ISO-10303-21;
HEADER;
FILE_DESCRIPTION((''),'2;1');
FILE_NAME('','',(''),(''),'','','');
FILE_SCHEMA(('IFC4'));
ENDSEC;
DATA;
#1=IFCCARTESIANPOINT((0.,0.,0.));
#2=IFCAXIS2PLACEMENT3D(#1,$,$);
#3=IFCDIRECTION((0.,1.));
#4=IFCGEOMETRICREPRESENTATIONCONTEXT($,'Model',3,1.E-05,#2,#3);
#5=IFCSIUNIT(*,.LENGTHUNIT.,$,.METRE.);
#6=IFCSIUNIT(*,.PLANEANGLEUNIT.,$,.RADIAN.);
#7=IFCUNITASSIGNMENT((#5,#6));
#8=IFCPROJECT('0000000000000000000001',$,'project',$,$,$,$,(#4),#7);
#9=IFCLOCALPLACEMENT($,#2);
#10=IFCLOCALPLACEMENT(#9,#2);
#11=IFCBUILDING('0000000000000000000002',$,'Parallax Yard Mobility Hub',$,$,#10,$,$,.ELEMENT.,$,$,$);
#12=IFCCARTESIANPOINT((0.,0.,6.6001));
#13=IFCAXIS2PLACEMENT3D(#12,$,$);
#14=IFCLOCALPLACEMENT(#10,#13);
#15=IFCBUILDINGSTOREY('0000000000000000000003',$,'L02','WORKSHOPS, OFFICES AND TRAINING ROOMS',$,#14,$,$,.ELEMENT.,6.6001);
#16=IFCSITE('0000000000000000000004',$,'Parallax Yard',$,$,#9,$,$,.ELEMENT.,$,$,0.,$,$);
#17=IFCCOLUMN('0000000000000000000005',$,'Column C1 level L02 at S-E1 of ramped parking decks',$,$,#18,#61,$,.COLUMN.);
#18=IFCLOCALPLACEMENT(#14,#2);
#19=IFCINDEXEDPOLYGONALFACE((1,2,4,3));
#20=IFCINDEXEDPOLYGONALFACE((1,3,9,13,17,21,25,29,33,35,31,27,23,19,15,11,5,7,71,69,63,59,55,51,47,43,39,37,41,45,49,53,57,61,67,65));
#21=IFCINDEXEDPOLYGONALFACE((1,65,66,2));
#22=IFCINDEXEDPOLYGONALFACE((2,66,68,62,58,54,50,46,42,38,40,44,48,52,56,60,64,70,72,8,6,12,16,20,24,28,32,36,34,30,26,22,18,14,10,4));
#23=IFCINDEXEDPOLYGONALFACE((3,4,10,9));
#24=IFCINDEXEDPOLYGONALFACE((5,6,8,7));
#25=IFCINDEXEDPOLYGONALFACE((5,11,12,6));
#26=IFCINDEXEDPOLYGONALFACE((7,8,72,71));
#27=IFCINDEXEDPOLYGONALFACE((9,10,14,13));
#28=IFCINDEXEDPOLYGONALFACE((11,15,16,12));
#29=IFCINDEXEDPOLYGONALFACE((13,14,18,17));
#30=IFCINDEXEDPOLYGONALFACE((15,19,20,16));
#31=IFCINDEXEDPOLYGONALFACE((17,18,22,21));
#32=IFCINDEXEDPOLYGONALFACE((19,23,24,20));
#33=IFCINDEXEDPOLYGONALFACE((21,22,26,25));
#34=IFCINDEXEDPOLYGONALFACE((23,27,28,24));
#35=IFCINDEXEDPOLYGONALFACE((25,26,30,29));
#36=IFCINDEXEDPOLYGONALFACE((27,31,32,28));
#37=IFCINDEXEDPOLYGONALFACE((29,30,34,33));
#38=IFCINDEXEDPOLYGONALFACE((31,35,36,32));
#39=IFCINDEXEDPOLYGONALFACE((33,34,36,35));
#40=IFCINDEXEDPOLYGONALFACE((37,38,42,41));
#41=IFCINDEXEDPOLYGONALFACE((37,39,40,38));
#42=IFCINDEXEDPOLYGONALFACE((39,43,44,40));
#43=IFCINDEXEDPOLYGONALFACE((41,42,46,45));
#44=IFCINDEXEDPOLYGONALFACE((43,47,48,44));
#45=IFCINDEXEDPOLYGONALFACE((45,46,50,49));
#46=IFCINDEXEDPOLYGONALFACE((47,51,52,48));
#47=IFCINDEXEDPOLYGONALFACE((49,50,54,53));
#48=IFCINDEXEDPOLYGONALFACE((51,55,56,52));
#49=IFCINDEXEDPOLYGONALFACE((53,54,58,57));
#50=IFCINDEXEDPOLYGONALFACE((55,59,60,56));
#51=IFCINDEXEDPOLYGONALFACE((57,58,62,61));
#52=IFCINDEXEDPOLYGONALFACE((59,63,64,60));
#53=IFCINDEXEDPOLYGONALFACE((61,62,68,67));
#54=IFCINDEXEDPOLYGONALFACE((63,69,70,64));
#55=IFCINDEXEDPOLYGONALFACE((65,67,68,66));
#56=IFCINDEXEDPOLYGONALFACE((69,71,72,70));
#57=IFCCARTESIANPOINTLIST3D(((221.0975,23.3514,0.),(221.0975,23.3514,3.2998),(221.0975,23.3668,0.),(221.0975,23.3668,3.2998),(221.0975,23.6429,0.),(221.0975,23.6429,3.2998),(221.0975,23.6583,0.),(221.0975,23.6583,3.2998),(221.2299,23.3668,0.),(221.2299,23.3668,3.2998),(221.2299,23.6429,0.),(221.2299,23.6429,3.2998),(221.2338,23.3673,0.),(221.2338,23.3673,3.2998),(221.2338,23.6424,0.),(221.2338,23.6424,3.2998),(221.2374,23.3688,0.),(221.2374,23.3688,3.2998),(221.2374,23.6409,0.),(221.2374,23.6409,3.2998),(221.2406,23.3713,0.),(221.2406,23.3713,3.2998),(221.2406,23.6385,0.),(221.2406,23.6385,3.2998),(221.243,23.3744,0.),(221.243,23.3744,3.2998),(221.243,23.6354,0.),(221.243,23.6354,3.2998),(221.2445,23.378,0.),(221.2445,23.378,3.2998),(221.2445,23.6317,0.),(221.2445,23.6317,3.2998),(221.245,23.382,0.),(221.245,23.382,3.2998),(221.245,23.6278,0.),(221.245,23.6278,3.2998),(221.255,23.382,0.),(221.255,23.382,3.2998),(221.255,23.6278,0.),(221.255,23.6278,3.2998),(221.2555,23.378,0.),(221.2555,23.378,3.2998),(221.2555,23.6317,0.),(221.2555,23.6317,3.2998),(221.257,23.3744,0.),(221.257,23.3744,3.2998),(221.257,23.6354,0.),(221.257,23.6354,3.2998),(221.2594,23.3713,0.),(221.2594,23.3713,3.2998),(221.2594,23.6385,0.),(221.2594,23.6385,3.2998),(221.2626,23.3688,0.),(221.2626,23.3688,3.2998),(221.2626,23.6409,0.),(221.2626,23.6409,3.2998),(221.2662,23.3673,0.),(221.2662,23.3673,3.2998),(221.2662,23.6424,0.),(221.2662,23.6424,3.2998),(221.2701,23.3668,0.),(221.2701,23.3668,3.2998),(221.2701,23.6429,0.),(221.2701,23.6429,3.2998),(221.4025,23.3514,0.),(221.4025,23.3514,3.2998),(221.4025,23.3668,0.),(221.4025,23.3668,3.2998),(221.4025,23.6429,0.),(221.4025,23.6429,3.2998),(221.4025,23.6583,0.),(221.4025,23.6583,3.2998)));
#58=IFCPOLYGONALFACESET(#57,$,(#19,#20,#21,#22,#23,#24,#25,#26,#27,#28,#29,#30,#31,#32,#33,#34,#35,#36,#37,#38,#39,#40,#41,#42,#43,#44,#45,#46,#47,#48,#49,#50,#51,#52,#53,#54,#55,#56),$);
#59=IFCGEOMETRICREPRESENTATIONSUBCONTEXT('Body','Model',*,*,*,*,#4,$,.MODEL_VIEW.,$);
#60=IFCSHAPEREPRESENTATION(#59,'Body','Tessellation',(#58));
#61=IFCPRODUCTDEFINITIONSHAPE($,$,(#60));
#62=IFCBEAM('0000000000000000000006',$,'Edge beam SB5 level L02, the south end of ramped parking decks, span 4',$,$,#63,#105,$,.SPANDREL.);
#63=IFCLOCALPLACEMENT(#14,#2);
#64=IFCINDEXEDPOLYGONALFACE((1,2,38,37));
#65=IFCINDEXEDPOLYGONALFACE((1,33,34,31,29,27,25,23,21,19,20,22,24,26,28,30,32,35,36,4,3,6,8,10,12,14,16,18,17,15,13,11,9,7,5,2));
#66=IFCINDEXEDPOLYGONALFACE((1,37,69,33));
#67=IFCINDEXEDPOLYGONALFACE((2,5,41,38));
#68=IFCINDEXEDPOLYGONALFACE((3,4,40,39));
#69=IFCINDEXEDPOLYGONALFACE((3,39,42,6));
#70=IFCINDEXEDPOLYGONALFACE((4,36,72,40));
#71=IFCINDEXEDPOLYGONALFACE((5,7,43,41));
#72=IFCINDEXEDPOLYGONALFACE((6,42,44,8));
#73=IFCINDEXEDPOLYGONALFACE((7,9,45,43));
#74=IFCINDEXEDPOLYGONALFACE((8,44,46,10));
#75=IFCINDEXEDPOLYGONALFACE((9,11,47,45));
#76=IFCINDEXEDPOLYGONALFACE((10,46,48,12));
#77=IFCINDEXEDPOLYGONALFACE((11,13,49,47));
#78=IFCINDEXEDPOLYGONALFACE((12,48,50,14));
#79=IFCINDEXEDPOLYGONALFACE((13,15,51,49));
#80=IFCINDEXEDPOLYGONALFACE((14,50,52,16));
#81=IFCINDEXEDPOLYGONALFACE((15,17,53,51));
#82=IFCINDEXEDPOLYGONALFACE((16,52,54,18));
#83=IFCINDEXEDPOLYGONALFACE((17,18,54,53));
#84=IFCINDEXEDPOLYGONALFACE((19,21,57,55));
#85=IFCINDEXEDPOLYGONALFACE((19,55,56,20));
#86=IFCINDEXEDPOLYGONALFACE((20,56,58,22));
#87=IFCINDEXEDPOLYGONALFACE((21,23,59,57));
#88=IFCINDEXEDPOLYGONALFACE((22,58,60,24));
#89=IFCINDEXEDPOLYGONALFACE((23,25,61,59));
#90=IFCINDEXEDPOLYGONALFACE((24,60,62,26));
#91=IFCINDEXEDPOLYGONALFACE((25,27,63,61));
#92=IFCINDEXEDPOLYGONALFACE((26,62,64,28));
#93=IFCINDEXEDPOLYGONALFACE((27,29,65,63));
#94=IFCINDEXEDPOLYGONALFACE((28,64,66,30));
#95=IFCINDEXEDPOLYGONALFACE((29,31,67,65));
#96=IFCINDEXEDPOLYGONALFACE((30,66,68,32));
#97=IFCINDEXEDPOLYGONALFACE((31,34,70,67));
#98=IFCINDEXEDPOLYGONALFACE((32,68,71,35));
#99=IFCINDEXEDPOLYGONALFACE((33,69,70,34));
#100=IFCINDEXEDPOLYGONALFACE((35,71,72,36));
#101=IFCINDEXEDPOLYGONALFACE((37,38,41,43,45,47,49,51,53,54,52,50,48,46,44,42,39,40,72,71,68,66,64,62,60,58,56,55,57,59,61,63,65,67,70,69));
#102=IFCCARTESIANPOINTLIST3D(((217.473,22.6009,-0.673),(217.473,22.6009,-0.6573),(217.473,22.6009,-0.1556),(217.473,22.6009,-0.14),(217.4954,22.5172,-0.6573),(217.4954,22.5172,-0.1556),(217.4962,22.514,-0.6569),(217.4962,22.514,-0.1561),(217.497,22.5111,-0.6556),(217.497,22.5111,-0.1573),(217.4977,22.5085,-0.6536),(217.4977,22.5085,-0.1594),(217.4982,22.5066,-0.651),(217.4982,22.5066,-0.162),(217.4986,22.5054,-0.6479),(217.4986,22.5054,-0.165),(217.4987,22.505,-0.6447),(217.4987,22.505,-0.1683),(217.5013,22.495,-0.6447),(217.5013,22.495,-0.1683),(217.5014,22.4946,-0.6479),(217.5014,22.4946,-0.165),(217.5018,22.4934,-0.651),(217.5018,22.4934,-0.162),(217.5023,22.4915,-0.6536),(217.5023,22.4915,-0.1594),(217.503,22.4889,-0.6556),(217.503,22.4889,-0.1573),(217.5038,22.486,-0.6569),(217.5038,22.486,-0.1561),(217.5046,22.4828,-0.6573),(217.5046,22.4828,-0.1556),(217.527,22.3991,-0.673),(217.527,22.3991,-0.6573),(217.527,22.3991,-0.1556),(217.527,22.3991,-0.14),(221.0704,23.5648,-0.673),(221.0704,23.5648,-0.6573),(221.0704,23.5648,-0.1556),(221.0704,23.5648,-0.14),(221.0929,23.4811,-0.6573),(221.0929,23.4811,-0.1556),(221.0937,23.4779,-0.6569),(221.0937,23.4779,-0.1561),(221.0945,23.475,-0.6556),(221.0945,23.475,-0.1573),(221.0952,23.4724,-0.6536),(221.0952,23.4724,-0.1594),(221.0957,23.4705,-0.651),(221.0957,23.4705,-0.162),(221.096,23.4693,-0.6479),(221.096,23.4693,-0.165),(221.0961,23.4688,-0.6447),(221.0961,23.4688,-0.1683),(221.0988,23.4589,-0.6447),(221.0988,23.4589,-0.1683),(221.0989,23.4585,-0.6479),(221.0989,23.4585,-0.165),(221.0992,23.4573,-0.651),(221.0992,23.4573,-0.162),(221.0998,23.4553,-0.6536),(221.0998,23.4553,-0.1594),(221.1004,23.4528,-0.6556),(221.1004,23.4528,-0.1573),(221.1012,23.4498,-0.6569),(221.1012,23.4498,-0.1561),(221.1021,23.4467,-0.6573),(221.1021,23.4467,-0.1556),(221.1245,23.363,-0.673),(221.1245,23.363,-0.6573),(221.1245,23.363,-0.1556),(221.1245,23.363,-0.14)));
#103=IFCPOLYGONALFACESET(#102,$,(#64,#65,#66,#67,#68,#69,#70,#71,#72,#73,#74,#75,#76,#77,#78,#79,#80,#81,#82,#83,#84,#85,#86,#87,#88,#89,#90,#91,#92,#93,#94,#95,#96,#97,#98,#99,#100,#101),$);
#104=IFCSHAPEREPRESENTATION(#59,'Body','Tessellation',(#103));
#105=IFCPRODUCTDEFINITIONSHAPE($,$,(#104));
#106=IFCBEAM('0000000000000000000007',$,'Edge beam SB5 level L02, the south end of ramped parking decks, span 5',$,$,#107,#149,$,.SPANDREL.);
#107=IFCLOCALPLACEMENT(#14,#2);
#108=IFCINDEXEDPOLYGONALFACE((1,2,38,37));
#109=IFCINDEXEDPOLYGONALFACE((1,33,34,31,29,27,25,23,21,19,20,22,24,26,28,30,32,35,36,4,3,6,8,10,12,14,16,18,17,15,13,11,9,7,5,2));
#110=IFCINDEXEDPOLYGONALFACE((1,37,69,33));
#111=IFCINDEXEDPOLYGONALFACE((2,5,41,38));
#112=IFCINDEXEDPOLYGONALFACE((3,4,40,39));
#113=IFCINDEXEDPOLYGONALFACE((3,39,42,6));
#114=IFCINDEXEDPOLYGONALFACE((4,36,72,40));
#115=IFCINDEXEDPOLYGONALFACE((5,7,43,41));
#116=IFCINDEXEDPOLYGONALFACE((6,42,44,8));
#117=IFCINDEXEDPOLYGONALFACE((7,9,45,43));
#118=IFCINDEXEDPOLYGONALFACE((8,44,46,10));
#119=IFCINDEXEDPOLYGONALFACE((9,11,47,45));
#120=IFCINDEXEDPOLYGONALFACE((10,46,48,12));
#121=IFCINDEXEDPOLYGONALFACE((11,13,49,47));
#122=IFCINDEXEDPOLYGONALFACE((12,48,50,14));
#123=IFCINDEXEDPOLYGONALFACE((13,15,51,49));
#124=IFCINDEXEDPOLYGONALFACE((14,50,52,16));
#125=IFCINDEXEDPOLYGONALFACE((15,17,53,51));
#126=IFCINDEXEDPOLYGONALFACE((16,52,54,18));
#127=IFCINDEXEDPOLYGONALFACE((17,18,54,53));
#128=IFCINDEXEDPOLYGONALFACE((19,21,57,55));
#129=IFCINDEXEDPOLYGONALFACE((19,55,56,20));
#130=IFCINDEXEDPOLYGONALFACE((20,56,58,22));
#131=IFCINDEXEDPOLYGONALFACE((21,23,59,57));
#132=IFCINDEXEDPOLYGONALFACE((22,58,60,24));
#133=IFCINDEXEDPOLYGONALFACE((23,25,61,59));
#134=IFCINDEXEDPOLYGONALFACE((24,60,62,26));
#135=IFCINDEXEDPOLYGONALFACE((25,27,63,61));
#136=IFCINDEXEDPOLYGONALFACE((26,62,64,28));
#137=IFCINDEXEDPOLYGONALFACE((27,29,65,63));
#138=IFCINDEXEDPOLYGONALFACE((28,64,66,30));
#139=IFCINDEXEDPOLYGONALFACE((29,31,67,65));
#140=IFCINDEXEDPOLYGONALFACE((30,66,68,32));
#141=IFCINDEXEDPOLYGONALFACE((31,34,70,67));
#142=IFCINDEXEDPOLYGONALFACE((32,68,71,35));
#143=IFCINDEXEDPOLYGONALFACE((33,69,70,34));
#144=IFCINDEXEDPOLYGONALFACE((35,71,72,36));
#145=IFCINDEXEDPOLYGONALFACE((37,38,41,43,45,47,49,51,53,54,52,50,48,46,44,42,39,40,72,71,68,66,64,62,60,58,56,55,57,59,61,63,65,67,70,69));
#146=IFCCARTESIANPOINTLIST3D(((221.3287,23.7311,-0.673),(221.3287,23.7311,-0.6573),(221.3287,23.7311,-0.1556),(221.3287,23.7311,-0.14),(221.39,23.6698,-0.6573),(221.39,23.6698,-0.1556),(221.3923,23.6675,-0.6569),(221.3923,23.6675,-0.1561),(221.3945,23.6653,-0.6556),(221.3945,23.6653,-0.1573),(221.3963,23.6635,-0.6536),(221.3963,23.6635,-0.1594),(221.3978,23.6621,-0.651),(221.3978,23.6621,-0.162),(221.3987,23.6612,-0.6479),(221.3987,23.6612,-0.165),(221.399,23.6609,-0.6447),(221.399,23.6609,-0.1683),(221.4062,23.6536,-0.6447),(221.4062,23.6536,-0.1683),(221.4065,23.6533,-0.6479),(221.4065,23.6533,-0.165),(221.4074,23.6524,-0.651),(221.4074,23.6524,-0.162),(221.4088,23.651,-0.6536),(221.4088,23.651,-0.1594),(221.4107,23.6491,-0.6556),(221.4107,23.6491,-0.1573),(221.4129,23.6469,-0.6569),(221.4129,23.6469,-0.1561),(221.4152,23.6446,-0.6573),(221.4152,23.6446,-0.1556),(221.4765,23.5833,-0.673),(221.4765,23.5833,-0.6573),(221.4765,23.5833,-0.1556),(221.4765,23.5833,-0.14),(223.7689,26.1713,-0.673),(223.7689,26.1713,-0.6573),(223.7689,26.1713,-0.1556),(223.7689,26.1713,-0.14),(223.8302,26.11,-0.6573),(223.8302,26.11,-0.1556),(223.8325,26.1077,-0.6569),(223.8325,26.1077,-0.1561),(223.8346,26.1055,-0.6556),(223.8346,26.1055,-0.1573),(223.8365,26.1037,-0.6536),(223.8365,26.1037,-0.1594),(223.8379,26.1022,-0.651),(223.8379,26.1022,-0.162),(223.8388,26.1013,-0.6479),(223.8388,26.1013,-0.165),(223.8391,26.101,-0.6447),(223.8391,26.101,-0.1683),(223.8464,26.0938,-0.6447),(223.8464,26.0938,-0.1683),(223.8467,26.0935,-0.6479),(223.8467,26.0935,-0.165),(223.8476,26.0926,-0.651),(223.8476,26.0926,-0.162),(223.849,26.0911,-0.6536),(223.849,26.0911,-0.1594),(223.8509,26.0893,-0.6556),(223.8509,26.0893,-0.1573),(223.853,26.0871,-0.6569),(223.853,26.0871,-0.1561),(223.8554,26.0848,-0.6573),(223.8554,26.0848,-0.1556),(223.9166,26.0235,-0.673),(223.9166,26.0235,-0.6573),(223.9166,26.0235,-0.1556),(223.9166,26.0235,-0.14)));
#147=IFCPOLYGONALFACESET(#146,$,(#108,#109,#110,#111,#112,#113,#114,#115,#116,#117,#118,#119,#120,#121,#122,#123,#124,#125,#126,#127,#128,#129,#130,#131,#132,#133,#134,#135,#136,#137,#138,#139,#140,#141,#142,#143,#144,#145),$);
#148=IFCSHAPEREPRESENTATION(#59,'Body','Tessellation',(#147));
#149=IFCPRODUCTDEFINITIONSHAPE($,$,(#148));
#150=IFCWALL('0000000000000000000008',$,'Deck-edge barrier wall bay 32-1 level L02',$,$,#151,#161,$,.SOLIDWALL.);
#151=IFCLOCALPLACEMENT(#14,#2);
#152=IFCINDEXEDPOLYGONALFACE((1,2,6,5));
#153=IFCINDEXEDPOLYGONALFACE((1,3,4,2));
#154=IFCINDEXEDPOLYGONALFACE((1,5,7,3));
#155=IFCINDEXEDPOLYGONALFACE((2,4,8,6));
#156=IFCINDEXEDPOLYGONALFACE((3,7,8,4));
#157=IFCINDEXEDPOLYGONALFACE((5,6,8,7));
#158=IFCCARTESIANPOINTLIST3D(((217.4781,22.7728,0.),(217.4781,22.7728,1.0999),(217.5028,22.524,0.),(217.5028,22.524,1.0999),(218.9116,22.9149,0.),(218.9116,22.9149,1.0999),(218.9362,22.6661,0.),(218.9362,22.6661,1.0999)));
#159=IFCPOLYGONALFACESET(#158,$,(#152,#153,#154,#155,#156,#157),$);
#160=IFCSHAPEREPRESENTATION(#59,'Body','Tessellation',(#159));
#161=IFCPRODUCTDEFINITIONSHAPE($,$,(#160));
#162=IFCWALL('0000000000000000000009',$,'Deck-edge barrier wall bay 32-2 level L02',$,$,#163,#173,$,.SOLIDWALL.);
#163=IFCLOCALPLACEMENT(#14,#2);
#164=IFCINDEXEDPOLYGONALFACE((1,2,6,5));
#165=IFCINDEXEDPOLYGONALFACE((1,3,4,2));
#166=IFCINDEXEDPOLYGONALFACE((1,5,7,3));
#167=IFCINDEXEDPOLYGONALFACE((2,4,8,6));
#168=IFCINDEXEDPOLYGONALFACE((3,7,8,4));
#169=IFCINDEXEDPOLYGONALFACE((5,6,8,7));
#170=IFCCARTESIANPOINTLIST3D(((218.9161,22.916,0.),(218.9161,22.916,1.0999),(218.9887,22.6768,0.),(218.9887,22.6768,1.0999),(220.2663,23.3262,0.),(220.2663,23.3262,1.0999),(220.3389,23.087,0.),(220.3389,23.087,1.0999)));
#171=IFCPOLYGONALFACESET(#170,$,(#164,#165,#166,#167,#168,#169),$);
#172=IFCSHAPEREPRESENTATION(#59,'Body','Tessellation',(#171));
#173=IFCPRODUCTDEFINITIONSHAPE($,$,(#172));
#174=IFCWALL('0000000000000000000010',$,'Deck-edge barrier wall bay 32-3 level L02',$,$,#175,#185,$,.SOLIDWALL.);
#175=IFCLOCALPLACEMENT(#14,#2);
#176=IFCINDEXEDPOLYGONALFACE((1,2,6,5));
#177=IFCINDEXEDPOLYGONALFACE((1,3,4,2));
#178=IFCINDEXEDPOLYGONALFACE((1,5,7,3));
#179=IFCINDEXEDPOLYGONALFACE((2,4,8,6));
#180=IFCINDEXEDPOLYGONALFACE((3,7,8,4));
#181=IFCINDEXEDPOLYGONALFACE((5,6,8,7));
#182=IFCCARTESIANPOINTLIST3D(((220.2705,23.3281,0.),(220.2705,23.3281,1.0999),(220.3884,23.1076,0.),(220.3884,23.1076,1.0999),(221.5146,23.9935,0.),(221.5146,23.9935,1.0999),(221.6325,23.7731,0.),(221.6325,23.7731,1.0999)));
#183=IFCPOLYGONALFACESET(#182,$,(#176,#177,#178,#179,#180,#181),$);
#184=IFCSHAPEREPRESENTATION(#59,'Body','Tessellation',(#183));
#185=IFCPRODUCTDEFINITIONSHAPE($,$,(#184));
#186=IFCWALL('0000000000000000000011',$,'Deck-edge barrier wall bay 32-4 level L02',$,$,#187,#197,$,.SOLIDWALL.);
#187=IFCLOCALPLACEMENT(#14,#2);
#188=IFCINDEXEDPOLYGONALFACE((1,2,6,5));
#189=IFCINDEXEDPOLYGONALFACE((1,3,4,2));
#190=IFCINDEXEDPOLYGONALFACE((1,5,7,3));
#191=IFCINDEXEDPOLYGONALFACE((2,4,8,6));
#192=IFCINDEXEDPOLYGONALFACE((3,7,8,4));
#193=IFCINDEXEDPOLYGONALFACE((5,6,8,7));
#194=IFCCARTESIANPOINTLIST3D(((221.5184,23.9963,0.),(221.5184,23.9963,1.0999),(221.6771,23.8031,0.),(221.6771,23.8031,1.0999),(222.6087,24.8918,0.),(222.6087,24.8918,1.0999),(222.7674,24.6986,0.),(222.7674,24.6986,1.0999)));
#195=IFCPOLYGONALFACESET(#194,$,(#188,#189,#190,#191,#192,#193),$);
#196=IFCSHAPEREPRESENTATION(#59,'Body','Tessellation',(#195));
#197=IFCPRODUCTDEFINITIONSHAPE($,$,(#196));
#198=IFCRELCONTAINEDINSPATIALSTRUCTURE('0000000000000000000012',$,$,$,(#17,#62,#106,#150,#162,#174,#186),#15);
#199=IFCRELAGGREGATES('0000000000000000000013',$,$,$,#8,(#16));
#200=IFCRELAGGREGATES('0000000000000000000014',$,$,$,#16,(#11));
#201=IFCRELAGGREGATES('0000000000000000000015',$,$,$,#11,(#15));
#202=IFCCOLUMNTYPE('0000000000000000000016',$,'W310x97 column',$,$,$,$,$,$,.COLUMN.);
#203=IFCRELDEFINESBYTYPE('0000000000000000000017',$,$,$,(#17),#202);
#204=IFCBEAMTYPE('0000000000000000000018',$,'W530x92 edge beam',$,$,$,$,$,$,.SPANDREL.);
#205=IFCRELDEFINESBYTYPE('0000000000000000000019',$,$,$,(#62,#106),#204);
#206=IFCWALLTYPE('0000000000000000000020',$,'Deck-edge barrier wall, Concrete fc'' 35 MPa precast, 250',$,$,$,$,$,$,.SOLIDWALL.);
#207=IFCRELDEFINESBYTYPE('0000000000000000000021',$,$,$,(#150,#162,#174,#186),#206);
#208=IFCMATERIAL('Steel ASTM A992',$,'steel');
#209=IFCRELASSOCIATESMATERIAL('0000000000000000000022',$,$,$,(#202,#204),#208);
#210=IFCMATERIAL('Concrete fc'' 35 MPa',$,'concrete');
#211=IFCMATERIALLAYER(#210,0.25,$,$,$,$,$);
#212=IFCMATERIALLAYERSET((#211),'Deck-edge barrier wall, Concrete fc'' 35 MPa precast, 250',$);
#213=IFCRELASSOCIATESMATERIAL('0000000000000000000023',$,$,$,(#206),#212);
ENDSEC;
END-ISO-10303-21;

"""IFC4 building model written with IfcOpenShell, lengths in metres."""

from ifc_helpers import new_model, si_unit, direction, frame, frame_2d, origin, origin_2d, place, context, subcontext, project, spatial, rectangle, i_section, extrude, material, layer, layer_set, material_profile, profile_set, type_object, element, save


model = new_model("IFC4")

# Units and contexts
model_context = context("Model", 3, precision=1e-05, world=origin(), true_north=direction((0.0, 1.0)))
body_context = subcontext(model_context, "Body", "Model", "MODEL_VIEW")
ifc_project = project(units=[si_unit("LENGTHUNIT", "METRE"), si_unit("PLANEANGLEUNIT", "RADIAN")], contexts=[model_context])

# Site, building, storey
site_placement = place(None, origin())
site = spatial("IfcSite", under=ifc_project, at=site_placement, Name="Parallax Yard", CompositionType="ELEMENT", RefElevation=0.0)
building_placement = place(site_placement, origin())
building = spatial("IfcBuilding", under=site, at=building_placement, Name="Parallax Yard Mobility Hub", CompositionType="ELEMENT")
storey_placement = place(building_placement, frame((0.0, 0.0, 6.6001)))
storey = spatial("IfcBuildingStorey", under=building, at=storey_placement, Name="L02", Description="WORKSHOPS, OFFICES AND TRAINING ROOMS", CompositionType="ELEMENT", Elevation=6.6001)

# Column
ifc_material_1 = material(Name="Steel ASTM A992", Category="steel")
ifc_material_profile_1 = material_profile(ifc_material_1, i_section(OverallWidth=0.3049, OverallDepth=0.3069, WebThickness=0.01, FlangeThickness=0.0154, FilletRadius=0.0151, at=origin_2d()), Name="W310x97")
ifc_profile_set_1 = profile_set([ifc_material_profile_1], Name="Steel ASTM A992")
column_type = type_object("IfcColumnType", Name="W310x97 column", PredefinedType="COLUMN", material=ifc_profile_set_1)
column_placement = place(storey_placement, frame((221.25, 23.5049, 0.0), z_axis=(0.0, 0.0, 1.0), x_axis=(1.0, 0.0, 0.0)))
element("IfcColumn", 1, at=column_placement, inside=storey, type_object=column_type, Name="Column C1 level L02 at S-E1 of ramped parking decks", PredefinedType="COLUMN", context=body_context, shape_type="SweptSolid", body=[
    extrude(i_section(OverallWidth=0.3049, OverallDepth=0.3069, WebThickness=0.01, FlangeThickness=0.0154, FilletRadius=0.0151, at=origin_2d()), origin(), (0.0, 0.0, 1.0), 3.2998),
])

# Beams
ifc_material_profile_2 = material_profile(ifc_material_1, i_section(OverallWidth=0.209, OverallDepth=0.533, WebThickness=0.0103, FlangeThickness=0.0156, FilletRadius=0.0127, at=origin_2d()), Name="W530x92")
ifc_profile_set_2 = profile_set([ifc_material_profile_2], Name="Steel ASTM A992")
beam_type = type_object("IfcBeamType", Name="W530x92 edge beam", PredefinedType="SPANDREL", material=ifc_profile_set_2)
beam_1_placement = place(storey_placement, frame((217.5, 22.5, -0.4065), z_axis=(0.96593, 0.258805, 0.0), x_axis=(-0.258805, 0.96593, 0.0)))
element("IfcBeam", 2, at=beam_1_placement, inside=storey, type_object=beam_type, Name="Edge beam SB5 level L02, the south end of ramped parking decks, span 4", PredefinedType="SPANDREL", context=body_context, shape_type="SweptSolid", body=[
    extrude(i_section(OverallWidth=0.209, OverallDepth=0.533, WebThickness=0.0103, FlangeThickness=0.0156, FilletRadius=0.0127, at=origin_2d()), origin(), (0.0, 0.0, 1.0), 3.7244),
])
beam_2_placement = place(storey_placement, frame((221.4026, 23.6572, -0.4065), z_axis=(0.707107, 0.707107, 0.0), x_axis=(-0.707107, 0.707107, 0.0)))
element("IfcBeam", 3, at=beam_2_placement, inside=storey, type_object=beam_type, Name="Edge beam SB5 level L02, the south end of ramped parking decks, span 5", PredefinedType="SPANDREL", context=body_context, shape_type="SweptSolid", body=[
    extrude(i_section(OverallWidth=0.209, OverallDepth=0.533, WebThickness=0.0103, FlangeThickness=0.0156, FilletRadius=0.0127, at=origin_2d()), origin(), (0.0, 0.0, 1.0), 3.4509),
])

# Walls
ifc_material_2 = material(Name="Concrete fc' 35 MPa", Category="concrete")
ifc_layer_1 = layer(ifc_material_2, 0.25)
ifc_layer_set_1 = layer_set([ifc_layer_1], Name="Deck-edge barrier wall, Concrete fc' 35 MPa precast, 250")
wall_type = type_object("IfcWallType", Name="Deck-edge barrier wall, Concrete fc' 35 MPa precast, 250", PredefinedType="SOLIDWALL", material=ifc_layer_set_1)
wall_1_placement = place(storey_placement, frame((217.4905, 22.6484, 0.0), z_axis=(0.0, 0.0, 1.0), x_axis=(0.995122, 0.098648, 0.0)))
element("IfcWall", 4, at=wall_1_placement, inside=storey, type_object=wall_type, Name="Deck-edge barrier wall bay 32-1 level L02", PredefinedType="SOLIDWALL", context=body_context, shape_type="SweptSolid", body=[
    extrude(rectangle(XDim=1.4404, YDim=0.25, at=frame_2d((0.7202, 0.0))), origin(), (0.0, 0.0, 1.0), 1.0999),
])
wall_2_placement = place(storey_placement, frame((218.9524, 22.7964, 0.0), z_axis=(0.0, 0.0, 1.0), x_axis=(0.95682, 0.29068, 0.0)))
element("IfcWall", 5, at=wall_2_placement, inside=storey, type_object=wall_type, Name="Deck-edge barrier wall bay 32-2 level L02", PredefinedType="SOLIDWALL", context=body_context, shape_type="SweptSolid", body=[
    extrude(rectangle(XDim=1.4111, YDim=0.25, at=frame_2d((0.7056, 0.0))), origin(), (0.0, 0.0, 1.0), 1.0999),
])
for number, where, z_axis, x_axis, name in (
    (6, (220.3293, 23.2178, 0.0), (0.0, 0.0, 1.0), (0.881768, 0.471684, 0.0), "Deck-edge barrier wall bay 32-3 level L02"),
    (7, (221.5977, 23.8997, 0.0), (0.0, 0.0, 1.0), (0.772769, 0.634688, 0.0), "Deck-edge barrier wall bay 32-4 level L02"),
):
    element("IfcWall", number, at=place(storey_placement, frame(where, z_axis=z_axis, x_axis=x_axis)), inside=storey, type_object=wall_type, Name=name, PredefinedType="SOLIDWALL", context=body_context, shape_type="SweptSolid", body=[
        extrude(rectangle(XDim=1.4109, YDim=0.25, at=frame_2d((0.7056, 0.0))), origin(), (0.0, 0.0, 1.0), 1.0999),
    ])

save(model, "model.ifc")
